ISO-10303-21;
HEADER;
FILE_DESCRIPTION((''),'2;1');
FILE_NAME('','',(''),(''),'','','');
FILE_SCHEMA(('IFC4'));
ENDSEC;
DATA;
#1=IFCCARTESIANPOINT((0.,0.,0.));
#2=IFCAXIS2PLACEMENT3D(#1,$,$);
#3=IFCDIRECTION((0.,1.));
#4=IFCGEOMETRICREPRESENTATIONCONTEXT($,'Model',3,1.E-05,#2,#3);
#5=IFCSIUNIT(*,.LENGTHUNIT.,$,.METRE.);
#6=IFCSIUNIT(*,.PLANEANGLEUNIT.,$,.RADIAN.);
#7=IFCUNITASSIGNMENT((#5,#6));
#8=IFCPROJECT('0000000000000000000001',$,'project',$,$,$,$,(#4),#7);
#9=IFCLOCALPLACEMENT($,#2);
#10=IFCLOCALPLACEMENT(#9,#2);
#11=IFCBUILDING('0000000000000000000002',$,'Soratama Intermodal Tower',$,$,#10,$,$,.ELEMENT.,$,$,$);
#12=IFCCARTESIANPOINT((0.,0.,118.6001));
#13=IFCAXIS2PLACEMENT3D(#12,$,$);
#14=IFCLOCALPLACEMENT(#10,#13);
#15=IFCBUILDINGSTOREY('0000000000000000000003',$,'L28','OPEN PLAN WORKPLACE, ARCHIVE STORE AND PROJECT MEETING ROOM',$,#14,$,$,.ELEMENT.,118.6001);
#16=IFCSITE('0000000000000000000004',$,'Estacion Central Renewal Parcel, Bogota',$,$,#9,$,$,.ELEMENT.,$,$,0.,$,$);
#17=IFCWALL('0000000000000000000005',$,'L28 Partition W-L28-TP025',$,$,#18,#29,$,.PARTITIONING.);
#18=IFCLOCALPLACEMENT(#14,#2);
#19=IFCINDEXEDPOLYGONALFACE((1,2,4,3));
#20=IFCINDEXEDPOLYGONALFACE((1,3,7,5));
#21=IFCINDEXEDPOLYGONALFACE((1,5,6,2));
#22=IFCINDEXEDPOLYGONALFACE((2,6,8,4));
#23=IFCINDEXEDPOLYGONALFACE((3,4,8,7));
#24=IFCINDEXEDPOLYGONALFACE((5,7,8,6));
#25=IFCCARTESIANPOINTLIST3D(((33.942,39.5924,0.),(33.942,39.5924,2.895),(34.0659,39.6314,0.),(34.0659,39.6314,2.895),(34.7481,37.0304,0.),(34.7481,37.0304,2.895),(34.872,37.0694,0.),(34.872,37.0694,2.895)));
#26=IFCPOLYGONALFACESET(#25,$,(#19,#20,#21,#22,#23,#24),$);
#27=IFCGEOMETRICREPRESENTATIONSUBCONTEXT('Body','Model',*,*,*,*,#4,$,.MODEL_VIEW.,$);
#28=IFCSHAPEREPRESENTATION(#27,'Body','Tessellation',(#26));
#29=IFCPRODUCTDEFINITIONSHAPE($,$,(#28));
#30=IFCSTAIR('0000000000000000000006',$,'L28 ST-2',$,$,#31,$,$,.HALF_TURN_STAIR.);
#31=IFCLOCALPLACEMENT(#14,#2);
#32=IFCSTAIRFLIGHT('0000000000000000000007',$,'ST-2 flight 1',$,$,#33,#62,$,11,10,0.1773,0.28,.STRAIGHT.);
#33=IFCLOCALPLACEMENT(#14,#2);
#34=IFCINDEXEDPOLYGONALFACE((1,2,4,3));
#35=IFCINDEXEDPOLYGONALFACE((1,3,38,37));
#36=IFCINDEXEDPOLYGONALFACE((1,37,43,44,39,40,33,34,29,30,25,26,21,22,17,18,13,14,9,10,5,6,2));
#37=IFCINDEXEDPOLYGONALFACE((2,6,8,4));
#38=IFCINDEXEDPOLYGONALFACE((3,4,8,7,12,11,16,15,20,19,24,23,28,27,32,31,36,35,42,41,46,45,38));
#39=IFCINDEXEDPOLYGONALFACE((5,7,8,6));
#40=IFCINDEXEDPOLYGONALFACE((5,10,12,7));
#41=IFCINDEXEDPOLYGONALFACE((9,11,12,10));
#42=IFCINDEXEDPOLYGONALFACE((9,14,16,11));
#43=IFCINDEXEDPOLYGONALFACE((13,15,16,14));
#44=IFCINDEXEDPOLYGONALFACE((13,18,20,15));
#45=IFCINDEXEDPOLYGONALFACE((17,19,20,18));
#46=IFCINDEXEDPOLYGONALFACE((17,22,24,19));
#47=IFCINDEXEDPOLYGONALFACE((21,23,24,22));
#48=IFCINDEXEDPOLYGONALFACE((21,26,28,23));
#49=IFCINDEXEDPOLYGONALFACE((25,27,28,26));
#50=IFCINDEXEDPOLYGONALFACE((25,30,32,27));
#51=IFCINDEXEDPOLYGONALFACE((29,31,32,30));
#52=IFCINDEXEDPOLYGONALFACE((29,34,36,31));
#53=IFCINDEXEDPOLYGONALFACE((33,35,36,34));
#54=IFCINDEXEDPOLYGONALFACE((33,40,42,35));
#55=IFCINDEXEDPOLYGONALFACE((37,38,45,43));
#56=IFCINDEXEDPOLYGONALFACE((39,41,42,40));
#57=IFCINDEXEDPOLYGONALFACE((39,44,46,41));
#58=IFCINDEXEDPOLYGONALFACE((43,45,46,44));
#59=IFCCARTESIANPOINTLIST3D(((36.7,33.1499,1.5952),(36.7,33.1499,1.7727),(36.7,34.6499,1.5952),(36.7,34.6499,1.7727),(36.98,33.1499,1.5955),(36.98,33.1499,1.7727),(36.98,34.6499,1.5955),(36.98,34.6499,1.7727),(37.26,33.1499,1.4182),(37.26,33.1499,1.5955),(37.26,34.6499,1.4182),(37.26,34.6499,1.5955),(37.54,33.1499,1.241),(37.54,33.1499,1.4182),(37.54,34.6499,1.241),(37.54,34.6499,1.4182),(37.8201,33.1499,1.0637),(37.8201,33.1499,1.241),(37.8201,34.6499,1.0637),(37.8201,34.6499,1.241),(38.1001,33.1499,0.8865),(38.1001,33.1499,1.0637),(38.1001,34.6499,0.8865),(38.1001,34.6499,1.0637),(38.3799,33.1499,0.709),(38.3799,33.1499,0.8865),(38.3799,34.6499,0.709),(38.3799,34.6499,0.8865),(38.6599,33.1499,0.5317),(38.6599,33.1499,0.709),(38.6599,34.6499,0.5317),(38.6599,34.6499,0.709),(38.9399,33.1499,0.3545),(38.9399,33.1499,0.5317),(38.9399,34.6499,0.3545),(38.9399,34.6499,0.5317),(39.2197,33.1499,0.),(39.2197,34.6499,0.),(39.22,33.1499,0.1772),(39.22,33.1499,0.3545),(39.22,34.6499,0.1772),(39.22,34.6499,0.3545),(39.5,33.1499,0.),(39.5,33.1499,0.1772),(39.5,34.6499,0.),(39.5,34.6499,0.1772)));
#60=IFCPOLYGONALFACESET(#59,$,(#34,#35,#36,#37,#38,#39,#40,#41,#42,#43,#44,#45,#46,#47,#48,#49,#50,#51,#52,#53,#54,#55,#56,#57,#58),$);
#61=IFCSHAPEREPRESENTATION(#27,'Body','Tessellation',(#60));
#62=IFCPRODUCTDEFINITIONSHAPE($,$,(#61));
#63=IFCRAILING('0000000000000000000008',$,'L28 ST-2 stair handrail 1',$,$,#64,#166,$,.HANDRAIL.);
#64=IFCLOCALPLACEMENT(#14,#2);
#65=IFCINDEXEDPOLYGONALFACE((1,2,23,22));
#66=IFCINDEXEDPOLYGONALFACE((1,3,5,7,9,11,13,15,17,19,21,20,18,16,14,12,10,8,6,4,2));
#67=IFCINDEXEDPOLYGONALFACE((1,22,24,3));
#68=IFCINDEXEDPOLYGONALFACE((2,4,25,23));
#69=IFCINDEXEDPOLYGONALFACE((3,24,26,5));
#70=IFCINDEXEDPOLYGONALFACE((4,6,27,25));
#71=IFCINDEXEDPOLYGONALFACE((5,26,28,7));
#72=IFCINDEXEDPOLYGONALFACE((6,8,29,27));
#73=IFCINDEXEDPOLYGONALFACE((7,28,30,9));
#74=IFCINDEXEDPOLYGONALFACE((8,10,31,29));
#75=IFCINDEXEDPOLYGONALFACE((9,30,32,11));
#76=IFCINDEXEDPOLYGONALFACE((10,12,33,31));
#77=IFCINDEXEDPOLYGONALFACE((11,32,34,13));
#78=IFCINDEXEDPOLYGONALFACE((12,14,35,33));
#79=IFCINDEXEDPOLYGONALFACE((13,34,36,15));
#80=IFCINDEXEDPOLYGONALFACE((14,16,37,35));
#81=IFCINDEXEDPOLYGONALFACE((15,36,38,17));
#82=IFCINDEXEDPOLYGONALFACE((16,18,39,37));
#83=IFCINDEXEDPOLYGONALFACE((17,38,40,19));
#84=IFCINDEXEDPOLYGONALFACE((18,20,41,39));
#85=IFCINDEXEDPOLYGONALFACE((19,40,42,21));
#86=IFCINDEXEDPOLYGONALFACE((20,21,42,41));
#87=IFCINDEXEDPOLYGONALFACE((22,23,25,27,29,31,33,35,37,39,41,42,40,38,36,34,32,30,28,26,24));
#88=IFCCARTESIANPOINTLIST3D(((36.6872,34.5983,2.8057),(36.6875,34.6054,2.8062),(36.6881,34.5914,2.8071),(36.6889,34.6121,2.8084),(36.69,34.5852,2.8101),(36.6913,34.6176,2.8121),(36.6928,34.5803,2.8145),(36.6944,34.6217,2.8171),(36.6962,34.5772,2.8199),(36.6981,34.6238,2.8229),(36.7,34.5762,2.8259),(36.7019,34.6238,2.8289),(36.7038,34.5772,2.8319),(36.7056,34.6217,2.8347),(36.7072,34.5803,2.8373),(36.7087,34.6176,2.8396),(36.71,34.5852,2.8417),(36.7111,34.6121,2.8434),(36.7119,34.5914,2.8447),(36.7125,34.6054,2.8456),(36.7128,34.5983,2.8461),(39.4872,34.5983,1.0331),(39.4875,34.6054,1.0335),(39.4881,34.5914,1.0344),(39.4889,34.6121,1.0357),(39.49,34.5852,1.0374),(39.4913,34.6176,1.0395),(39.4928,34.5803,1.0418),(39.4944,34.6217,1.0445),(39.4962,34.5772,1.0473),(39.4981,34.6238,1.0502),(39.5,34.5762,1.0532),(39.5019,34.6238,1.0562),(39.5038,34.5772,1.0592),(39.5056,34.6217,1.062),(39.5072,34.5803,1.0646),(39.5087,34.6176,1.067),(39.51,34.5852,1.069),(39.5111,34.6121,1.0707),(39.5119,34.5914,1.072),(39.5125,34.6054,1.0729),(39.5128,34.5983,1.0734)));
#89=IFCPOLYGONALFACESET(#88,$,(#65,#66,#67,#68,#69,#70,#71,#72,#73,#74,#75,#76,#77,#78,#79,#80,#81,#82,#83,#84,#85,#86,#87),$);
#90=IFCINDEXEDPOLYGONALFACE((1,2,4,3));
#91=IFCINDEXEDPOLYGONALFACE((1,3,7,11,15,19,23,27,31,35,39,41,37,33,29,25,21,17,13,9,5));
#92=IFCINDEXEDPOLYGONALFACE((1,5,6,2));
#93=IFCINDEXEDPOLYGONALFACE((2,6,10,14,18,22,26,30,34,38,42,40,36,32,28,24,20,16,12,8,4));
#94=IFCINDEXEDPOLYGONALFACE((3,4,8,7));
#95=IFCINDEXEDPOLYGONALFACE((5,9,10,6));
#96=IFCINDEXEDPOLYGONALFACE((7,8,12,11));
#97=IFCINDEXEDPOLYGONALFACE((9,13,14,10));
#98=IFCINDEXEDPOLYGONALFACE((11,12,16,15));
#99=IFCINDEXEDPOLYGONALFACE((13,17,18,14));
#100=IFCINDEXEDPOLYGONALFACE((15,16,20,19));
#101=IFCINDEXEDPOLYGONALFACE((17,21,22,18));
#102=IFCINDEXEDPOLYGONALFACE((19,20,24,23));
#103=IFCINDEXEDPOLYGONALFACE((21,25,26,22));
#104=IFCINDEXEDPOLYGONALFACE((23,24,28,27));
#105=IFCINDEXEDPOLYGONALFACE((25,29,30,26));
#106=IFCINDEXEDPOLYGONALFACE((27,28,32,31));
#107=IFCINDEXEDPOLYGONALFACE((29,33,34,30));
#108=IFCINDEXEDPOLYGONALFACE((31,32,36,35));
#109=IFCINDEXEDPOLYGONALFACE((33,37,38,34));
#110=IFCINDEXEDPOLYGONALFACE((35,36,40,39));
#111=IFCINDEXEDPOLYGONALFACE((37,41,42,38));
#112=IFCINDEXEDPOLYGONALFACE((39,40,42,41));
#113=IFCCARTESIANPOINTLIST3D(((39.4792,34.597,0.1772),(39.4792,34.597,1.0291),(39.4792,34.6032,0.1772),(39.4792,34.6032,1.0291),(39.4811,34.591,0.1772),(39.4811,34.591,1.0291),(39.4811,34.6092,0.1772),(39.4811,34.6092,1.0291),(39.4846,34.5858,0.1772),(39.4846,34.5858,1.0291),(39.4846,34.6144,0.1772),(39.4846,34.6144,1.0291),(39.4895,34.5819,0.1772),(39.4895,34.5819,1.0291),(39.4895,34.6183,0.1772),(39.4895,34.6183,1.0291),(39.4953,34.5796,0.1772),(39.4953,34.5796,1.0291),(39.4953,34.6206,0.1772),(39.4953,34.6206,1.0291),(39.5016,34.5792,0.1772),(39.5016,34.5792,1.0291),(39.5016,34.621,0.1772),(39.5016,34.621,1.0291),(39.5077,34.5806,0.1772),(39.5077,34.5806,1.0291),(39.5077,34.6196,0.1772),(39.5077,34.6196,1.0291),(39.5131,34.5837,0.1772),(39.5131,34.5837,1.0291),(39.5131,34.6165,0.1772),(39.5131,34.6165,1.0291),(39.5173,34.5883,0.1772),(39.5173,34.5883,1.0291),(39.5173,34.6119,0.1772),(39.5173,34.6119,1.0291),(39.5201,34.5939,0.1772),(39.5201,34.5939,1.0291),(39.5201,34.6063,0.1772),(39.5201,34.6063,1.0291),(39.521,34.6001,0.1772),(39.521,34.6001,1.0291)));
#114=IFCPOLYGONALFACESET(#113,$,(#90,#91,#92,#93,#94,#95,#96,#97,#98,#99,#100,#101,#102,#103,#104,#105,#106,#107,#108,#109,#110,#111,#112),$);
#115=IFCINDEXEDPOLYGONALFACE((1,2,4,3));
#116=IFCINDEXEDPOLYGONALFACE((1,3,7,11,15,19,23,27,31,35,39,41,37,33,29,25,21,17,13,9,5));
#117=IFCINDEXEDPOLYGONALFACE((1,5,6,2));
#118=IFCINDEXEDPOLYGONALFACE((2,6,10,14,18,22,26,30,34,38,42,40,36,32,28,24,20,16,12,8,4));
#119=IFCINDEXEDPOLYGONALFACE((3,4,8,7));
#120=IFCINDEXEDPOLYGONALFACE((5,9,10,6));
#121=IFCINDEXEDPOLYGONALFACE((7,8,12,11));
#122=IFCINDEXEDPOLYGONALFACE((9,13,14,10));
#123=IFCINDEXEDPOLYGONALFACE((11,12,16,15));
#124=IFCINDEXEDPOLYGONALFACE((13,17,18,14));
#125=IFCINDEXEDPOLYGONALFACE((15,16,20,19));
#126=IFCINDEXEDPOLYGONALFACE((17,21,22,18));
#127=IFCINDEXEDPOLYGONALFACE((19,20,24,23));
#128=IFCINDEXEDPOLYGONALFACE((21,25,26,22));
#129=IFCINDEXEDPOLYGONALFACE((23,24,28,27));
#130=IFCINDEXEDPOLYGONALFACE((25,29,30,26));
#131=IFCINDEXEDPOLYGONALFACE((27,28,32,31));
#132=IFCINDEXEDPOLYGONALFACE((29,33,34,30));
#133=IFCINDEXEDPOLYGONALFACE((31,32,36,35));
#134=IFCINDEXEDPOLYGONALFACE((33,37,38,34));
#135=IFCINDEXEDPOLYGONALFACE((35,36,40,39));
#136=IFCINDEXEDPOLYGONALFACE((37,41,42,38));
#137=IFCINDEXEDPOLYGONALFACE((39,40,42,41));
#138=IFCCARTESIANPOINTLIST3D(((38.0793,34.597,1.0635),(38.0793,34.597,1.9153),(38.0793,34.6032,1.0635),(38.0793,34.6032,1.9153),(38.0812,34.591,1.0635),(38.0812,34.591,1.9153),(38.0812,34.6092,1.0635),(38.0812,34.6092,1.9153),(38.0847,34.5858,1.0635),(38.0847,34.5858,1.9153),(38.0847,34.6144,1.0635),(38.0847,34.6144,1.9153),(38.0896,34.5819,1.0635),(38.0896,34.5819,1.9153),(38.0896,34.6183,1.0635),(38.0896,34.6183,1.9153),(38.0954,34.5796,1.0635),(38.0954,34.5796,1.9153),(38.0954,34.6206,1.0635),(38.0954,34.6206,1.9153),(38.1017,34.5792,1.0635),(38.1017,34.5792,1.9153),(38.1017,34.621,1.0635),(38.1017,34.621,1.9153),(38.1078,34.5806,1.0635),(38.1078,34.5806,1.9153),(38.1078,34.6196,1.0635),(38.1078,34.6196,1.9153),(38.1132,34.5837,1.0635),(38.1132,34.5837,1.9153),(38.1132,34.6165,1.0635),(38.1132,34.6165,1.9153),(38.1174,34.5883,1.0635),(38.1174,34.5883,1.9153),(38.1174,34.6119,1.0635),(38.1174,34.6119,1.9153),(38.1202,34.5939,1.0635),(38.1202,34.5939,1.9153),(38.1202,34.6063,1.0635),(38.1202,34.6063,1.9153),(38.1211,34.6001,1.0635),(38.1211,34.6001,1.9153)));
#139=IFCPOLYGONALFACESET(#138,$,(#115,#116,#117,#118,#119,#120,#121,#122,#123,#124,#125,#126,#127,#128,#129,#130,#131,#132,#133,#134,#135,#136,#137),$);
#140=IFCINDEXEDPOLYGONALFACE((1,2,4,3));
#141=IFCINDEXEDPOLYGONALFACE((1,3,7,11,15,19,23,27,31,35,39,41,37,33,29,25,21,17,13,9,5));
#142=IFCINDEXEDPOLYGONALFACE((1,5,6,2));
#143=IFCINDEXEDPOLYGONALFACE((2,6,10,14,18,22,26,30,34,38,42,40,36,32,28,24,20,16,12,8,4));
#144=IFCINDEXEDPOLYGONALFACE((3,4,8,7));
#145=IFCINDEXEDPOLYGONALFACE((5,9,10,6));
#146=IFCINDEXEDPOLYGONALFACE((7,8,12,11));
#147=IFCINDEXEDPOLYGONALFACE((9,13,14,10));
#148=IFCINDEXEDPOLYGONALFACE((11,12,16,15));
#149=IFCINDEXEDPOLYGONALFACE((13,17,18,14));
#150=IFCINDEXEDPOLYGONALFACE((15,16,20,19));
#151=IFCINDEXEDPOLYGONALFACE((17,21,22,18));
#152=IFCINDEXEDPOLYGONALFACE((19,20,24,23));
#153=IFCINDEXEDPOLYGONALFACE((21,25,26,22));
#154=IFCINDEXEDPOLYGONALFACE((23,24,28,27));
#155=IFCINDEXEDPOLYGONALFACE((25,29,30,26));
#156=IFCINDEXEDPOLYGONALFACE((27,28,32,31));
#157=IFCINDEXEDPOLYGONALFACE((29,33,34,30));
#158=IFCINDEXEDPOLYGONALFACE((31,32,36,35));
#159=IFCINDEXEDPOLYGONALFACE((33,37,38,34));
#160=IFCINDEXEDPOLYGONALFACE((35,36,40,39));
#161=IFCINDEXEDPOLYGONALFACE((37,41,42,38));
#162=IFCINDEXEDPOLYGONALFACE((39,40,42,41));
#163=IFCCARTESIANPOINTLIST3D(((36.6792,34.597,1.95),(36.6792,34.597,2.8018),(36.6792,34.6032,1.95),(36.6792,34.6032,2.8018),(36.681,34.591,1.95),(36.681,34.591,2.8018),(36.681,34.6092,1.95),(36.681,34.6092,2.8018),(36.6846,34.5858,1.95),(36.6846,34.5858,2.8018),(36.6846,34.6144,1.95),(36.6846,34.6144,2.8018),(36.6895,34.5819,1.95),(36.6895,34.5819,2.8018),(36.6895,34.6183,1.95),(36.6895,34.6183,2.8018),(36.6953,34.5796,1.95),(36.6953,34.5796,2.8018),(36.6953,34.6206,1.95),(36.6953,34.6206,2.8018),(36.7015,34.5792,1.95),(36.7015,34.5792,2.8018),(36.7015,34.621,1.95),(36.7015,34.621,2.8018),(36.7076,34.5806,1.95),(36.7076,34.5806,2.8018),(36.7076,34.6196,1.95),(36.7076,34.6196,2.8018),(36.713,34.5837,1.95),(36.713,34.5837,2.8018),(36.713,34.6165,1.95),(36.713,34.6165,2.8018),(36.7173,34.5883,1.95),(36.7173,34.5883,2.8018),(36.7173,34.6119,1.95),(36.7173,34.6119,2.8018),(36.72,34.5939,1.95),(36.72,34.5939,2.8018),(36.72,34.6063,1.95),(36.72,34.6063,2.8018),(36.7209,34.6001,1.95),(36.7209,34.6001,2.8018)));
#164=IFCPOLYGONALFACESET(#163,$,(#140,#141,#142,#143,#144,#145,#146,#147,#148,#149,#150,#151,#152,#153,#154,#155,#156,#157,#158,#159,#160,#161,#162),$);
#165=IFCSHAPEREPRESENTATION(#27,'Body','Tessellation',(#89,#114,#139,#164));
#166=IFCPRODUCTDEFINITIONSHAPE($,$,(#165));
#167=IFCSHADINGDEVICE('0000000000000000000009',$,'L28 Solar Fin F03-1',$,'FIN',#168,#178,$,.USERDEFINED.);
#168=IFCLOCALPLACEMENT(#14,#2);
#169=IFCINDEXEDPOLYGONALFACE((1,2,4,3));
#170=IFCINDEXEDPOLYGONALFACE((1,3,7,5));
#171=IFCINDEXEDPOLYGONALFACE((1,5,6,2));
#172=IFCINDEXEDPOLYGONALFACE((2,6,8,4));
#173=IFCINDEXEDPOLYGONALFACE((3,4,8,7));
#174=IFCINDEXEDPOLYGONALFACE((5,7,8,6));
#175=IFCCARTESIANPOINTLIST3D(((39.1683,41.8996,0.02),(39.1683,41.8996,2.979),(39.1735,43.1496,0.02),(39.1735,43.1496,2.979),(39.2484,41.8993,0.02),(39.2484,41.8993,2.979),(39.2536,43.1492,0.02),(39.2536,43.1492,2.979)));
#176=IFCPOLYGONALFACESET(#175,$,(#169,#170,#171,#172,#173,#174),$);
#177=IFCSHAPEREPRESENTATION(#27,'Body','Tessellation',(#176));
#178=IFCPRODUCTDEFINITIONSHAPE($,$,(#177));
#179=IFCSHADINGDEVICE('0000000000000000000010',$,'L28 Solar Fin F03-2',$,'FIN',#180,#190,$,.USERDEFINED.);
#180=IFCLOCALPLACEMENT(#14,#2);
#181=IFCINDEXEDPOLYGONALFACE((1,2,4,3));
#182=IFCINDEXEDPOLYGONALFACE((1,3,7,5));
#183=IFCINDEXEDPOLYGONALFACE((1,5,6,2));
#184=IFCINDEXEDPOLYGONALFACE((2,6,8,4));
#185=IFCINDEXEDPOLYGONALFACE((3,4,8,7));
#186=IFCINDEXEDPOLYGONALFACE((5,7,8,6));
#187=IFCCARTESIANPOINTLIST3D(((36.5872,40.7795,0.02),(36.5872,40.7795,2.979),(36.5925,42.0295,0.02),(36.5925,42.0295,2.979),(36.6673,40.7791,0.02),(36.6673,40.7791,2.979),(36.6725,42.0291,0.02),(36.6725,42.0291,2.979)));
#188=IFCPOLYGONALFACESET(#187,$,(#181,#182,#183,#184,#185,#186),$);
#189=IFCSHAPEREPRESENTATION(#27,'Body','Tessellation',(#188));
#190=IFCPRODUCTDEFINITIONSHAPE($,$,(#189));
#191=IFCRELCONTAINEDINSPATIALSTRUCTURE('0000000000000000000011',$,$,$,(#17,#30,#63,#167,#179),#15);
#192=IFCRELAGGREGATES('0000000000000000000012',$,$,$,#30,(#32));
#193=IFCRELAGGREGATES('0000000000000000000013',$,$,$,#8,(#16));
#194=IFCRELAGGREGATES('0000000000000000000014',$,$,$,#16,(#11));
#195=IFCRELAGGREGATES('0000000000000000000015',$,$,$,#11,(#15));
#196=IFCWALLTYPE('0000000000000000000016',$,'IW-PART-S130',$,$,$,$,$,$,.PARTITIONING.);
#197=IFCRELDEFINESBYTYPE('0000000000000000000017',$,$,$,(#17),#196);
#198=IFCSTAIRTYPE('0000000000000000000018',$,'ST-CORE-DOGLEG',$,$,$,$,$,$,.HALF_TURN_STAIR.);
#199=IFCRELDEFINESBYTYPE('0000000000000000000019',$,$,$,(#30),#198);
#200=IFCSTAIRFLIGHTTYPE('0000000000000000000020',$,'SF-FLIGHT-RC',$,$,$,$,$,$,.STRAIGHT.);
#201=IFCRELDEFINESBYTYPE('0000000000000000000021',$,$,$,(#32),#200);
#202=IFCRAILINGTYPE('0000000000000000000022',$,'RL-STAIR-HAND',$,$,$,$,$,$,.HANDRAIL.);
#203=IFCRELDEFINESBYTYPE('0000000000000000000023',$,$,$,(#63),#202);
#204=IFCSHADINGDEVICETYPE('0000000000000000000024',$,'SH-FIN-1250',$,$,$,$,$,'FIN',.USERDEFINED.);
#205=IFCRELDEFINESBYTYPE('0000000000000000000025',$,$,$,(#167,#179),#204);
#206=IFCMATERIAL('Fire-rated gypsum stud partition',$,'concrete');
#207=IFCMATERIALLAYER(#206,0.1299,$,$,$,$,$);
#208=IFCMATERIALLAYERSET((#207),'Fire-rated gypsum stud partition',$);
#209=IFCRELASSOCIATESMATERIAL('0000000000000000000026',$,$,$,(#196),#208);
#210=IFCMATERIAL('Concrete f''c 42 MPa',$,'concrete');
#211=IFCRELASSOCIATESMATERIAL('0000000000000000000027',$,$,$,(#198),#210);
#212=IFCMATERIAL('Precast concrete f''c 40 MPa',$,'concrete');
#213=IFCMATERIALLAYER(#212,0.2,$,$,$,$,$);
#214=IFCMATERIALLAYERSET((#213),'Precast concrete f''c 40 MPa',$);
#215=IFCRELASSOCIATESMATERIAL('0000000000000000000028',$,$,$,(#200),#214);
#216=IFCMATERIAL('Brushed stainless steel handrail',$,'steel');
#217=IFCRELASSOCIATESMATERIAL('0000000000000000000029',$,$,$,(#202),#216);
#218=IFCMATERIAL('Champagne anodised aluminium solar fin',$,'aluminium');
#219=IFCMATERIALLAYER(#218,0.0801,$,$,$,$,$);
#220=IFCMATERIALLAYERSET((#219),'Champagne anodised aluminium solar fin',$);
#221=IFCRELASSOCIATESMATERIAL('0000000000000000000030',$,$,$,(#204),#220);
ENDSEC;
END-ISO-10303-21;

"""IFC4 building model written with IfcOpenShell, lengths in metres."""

from ifc_helpers import new_model, si_unit, direction, frame, frame_2d, origin, origin_2d, place, context, subcontext, project, spatial, polyline, rectangle, circle, outline, extrude, material, layer, layer_set, type_object, element, aggregate, save


model = new_model("IFC4")

# Units and contexts
model_context = context("Model", 3, precision=1e-05, world=origin(), true_north=direction((0.0, 1.0)))
body_context = subcontext(model_context, "Body", "Model", "MODEL_VIEW")
ifc_project = project(units=[si_unit("LENGTHUNIT", "METRE"), si_unit("PLANEANGLEUNIT", "RADIAN")], contexts=[model_context])

# Site, building, storey
site_placement = place(None, origin())
site = spatial("IfcSite", under=ifc_project, at=site_placement, Name="Estacion Central Renewal Parcel, Bogota", CompositionType="ELEMENT", RefElevation=0.0)
building_placement = place(site_placement, origin())
building = spatial("IfcBuilding", under=site, at=building_placement, Name="Soratama Intermodal Tower", CompositionType="ELEMENT")
storey_placement = place(building_placement, frame((0.0, 0.0, 118.6001)))
storey = spatial("IfcBuildingStorey", under=building, at=storey_placement, Name="L28", Description="OPEN PLAN WORKPLACE, ARCHIVE STORE AND PROJECT MEETING ROOM", CompositionType="ELEMENT", Elevation=118.6001)

# Wall
ifc_material_1 = material(Name="Fire-rated gypsum stud partition", Category="concrete")
ifc_layer_1 = layer(ifc_material_1, 0.1299)
ifc_layer_set_1 = layer_set([ifc_layer_1], Name="Fire-rated gypsum stud partition")
wall_type_1 = type_object("IfcWallType", Name="IW-PART-S130", PredefinedType="PARTITIONING", material=ifc_layer_set_1)
wall_1_placement = place(storey_placement, frame((34.8101, 37.05, 0.0), z_axis=(0.0, 0.0, 1.0), x_axis=(-0.300148, 0.953893, 0.0)))
element("IfcWall", 1, at=wall_1_placement, inside=storey, type_object=wall_type_1, Name="L28 Partition W-L28-TP025", PredefinedType="PARTITIONING", context=body_context, shape_type="SweptSolid", body=[
    extrude(rectangle(XDim=2.6858, YDim=0.1299, at=frame_2d((1.3428, 0.0))), origin(), (0.0, 0.0, 1.0), 2.895),
])

# Stair, stair flight
ifc_material_2 = material(Name="Concrete f'c 42 MPa", Category="concrete")
stair_type = type_object("IfcStairType", Name="ST-CORE-DOGLEG", PredefinedType="HALF_TURN_STAIR", material=ifc_material_2)
stair_placement = place(storey_placement, origin())
stair = element("IfcStair", 2, at=stair_placement, inside=storey, type_object=stair_type, Name="L28 ST-2", PredefinedType="HALF_TURN_STAIR")
ifc_material_3 = material(Name="Precast concrete f'c 40 MPa", Category="concrete")
ifc_layer_2 = layer(ifc_material_3, 0.2)
ifc_layer_set_2 = layer_set([ifc_layer_2], Name="Precast concrete f'c 40 MPa")
stair_flight_type = type_object("IfcStairFlightType", Name="SF-FLIGHT-RC", PredefinedType="STRAIGHT", material=ifc_layer_set_2)
stair_flight_placement = place(storey_placement, frame((39.5, 33.8999, 0.0), z_axis=(0.0, 0.0, 1.0), x_axis=(-1.0, 0.0, 0.0)))
stair_flight = element("IfcStairFlight", 3, at=stair_flight_placement, type_object=stair_flight_type, Name="ST-2 flight 1", NumberOfRisers=11, NumberOfTreads=10, PredefinedType="STRAIGHT", RiserHeight=0.1773, TreadLength=0.28, context=body_context, shape_type="SweptSolid", body=[
    extrude(outline(polyline([(0.0, 0.0), (0.0, 0.1772), (0.28, 0.1772), (0.28, 0.3545), (0.5601, 0.3545), (0.5601, 0.5317), (0.8401, 0.5317), (0.8401, 0.709), (1.1201, 0.709), (1.1201, 0.8865), (1.3999, 0.8865), (1.3999, 1.0637), (1.6799, 1.0637), (1.6799, 1.241), (1.96, 1.241), (1.96, 1.4182), (2.24, 1.4182), (2.24, 1.5955), (2.52, 1.5955), (2.52, 1.7727), (2.8, 1.7727), (2.8, 1.95), (2.8, 1.5952), (0.2803, 0.0), (0.0, 0.0)])), frame((0.0, 0.75, 0.0), z_axis=(0.0, -1.0, 0.0), x_axis=(1.0, 0.0, 0.0)), (0.0, 0.0, 1.0), 1.5),
])
aggregate(stair, [stair_flight])

# Railing
ifc_material_4 = material(Name="Brushed stainless steel handrail", Category="steel")
railing_type = type_object("IfcRailingType", Name="RL-STAIR-HAND", PredefinedType="HANDRAIL", material=ifc_material_4)
railing_placement = place(storey_placement, frame((39.5, 34.6001, 0.1772)))
element("IfcRailing", 4, at=railing_placement, inside=storey, type_object=railing_type, Name="L28 ST-2 stair handrail 1", PredefinedType="HANDRAIL", context=body_context, shape_type="SweptSolid", body=[
    extrude(circle(Radius=0.0239, at=origin_2d()), frame((0.0, 0.0, 0.876), z_axis=(-0.844909, 0.0, 0.53491), x_axis=(0.0, -1.0, 0.0)), (0.0, 0.0, 1.0), 3.314),
    extrude(circle(Radius=0.021, at=origin_2d()), origin(), (0.0, 0.0, 1.0), 0.8518),
    extrude(circle(Radius=0.021, at=origin_2d()), frame((-1.3999, 0.0, 0.8862)), (0.0, 0.0, 1.0), 0.8518),
    extrude(circle(Radius=0.021, at=origin_2d()), frame((-2.8, 0.0, 1.7727)), (0.0, 0.0, 1.0), 0.8518),
])

# Shading devices
ifc_material_5 = material(Name="Champagne anodised aluminium solar fin", Category="aluminium")
ifc_layer_3 = layer(ifc_material_5, 0.0801)
ifc_layer_set_3 = layer_set([ifc_layer_3], Name="Champagne anodised aluminium solar fin")
shading_device_type = type_object("IfcShadingDeviceType", Name="SH-FIN-1250", ElementType="FIN", PredefinedType="USERDEFINED", material=ifc_layer_set_3)
for number, where, z_axis, x_axis, name in (
    (5, (39.2109, 42.5244, 0.02), (0.0, 0.0, 1.0), (0.004189, 0.999991, 0.0), "L28 Solar Fin F03-1"),
    (6, (36.6299, 41.4043, 0.02), (0.0, 0.0, 1.0), (0.004189, 0.999991, 0.0), "L28 Solar Fin F03-2"),
):
    element("IfcShadingDevice", number, at=place(storey_placement, frame(where, z_axis=z_axis, x_axis=x_axis)), inside=storey, type_object=shading_device_type, Name=name, ObjectType="FIN", PredefinedType="USERDEFINED", context=body_context, shape_type="SweptSolid", body=[
        extrude(rectangle(XDim=1.25, YDim=0.0801, at=origin_2d()), origin(), (0.0, 0.0, 1.0), 2.959),
    ])

save(model, "model.ifc")
